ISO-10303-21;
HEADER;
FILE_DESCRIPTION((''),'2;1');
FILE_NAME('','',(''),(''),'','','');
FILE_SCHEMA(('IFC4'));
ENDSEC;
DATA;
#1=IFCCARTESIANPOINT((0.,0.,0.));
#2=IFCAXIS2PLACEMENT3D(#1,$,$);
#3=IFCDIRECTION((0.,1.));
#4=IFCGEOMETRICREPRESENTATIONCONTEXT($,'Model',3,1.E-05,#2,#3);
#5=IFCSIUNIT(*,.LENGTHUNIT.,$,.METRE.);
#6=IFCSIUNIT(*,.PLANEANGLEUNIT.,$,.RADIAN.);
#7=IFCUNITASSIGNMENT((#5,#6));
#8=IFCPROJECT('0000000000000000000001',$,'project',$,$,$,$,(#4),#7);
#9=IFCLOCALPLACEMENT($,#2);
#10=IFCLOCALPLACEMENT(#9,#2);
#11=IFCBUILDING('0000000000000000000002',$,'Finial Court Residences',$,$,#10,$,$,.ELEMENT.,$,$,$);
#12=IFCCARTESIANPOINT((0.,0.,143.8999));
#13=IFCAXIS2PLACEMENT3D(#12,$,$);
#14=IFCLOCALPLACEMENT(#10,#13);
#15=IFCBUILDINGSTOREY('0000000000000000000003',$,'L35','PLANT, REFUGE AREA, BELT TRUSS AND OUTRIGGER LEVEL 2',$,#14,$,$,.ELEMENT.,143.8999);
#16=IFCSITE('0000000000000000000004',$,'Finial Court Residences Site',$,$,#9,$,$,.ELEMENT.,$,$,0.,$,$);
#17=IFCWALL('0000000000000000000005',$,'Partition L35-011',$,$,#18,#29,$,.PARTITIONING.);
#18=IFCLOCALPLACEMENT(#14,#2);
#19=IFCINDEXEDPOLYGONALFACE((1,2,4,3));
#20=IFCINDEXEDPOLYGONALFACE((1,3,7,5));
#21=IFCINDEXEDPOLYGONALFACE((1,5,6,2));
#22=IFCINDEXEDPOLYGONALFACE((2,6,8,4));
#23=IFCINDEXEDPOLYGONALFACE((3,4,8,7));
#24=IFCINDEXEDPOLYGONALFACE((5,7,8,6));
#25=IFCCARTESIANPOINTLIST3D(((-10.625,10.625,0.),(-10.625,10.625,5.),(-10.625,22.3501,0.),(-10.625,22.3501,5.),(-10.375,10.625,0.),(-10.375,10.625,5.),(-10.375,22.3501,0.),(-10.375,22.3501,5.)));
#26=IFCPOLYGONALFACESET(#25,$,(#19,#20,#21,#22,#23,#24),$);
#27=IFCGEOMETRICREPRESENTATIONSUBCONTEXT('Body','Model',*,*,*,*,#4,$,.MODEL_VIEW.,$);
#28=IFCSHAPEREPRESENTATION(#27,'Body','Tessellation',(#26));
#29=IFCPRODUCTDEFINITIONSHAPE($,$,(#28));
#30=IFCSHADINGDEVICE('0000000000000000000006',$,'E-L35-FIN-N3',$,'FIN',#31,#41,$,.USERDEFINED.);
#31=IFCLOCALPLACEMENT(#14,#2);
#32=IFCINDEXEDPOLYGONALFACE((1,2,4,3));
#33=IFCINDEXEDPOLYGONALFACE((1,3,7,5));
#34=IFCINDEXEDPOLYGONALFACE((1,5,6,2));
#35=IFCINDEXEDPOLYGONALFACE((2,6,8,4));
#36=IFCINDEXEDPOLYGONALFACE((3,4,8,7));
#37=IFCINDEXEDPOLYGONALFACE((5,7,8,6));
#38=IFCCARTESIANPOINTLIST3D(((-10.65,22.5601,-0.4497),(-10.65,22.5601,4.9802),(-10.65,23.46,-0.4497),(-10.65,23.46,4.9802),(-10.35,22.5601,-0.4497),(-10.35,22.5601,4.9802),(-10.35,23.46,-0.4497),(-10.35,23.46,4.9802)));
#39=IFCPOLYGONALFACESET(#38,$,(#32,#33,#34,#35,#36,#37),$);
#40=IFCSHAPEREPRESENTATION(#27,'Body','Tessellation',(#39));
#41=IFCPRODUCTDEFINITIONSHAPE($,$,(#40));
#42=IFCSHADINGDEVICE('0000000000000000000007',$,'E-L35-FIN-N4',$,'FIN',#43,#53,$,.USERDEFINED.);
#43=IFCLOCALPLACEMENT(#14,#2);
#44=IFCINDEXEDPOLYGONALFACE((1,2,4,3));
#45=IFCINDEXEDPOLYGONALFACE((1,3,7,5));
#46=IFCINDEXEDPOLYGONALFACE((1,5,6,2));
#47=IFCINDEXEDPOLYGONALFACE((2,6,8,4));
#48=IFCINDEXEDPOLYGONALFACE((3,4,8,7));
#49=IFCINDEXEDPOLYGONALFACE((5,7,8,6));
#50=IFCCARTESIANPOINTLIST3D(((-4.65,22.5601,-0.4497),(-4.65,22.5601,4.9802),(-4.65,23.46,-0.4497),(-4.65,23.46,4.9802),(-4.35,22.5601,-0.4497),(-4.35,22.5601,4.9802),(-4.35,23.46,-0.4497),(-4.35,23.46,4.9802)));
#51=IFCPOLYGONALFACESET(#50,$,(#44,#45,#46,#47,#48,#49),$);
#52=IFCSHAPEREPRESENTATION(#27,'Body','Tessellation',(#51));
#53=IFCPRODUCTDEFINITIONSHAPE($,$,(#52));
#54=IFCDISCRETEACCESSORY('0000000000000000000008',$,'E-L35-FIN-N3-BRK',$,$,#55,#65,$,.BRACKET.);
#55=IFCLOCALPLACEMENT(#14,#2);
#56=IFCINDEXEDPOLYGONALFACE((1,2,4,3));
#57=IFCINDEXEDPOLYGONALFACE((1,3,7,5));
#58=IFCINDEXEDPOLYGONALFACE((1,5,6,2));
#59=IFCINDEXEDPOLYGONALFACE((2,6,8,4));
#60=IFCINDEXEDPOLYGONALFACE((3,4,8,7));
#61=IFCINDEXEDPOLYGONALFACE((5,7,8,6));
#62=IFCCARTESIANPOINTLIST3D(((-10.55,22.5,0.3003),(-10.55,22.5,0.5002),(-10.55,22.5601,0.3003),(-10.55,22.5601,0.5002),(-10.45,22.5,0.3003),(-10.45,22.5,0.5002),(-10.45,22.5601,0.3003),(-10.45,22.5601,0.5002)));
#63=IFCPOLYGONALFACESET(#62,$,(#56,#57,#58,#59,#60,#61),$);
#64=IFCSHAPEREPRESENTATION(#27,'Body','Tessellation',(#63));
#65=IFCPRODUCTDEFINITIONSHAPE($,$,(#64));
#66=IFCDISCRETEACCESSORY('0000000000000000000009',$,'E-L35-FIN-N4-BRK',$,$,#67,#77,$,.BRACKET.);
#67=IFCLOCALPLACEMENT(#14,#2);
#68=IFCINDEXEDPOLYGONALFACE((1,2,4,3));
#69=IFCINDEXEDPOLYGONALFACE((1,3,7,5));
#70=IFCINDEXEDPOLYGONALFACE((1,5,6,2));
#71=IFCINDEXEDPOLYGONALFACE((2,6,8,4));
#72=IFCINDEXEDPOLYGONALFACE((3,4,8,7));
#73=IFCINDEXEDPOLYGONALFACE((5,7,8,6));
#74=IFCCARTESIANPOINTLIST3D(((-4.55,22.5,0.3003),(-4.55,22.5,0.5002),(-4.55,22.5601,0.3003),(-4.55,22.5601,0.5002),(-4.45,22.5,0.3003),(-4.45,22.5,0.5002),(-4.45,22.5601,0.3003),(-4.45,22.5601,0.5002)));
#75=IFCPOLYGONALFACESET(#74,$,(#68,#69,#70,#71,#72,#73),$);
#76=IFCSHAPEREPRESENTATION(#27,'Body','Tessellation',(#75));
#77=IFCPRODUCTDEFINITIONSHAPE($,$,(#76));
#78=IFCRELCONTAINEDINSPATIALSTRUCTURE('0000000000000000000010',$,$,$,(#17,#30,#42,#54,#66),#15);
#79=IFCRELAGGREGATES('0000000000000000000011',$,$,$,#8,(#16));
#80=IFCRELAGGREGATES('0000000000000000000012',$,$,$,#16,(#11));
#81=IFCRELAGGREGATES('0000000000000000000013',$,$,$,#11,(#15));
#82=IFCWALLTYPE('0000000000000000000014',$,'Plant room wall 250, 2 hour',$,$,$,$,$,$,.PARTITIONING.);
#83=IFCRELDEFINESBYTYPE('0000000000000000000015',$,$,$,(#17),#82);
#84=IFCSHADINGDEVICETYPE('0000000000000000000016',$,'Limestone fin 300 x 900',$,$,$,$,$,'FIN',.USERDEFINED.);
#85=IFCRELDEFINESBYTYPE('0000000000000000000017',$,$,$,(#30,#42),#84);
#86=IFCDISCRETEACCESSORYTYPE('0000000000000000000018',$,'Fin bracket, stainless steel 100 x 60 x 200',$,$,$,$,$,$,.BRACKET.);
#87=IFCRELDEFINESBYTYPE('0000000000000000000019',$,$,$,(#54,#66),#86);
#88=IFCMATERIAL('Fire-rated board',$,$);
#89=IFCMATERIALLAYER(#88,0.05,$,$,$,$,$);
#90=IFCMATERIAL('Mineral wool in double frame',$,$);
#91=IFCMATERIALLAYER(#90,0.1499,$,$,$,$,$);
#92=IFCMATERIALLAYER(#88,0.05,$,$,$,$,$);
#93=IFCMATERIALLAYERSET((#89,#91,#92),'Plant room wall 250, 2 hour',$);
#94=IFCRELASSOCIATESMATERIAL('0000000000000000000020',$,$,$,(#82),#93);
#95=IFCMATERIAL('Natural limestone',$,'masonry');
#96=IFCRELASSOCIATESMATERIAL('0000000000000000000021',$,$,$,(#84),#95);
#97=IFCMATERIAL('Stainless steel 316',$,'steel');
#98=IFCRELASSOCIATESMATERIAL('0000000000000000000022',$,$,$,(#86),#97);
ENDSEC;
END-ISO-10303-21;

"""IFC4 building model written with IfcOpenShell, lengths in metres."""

from ifc_helpers import new_model, si_unit, direction, frame, frame_2d, origin, origin_2d, place, context, subcontext, project, spatial, rectangle, extrude, material, layer, layer_set, type_object, element, save


model = new_model("IFC4")

# Units and contexts
model_context = context("Model", 3, precision=1e-05, world=origin(), true_north=direction((0.0, 1.0)))
body_context = subcontext(model_context, "Body", "Model", "MODEL_VIEW")
ifc_project = project(units=[si_unit("LENGTHUNIT", "METRE"), si_unit("PLANEANGLEUNIT", "RADIAN")], contexts=[model_context])

# Site, building, storey
site_placement = place(None, origin())
site = spatial("IfcSite", under=ifc_project, at=site_placement, Name="Finial Court Residences Site", CompositionType="ELEMENT", RefElevation=0.0)
building_placement = place(site_placement, origin())
building = spatial("IfcBuilding", under=site, at=building_placement, Name="Finial Court Residences", CompositionType="ELEMENT")
storey_placement = place(building_placement, frame((0.0, 0.0, 143.8999)))
storey = spatial("IfcBuildingStorey", under=building, at=storey_placement, Name="L35", Description="PLANT, REFUGE AREA, BELT TRUSS AND OUTRIGGER LEVEL 2", CompositionType="ELEMENT", Elevation=143.8999)

# Wall
ifc_material_1 = material(Name="Fire-rated board")
ifc_layer_1 = layer(ifc_material_1, 0.05)
ifc_material_2 = material(Name="Mineral wool in double frame")
ifc_layer_2 = layer(ifc_material_2, 0.1499)
ifc_layer_3 = layer(ifc_material_1, 0.05)
ifc_layer_set = layer_set([ifc_layer_1, ifc_layer_2, ifc_layer_3], Name="Plant room wall 250, 2 hour")
wall_type = type_object("IfcWallType", Name="Plant room wall 250, 2 hour", PredefinedType="PARTITIONING", material=ifc_layer_set)
wall_placement = place(storey_placement, frame((-10.5, 10.625, 0.0), z_axis=(0.0, 0.0, 1.0), x_axis=(0.0, 1.0, 0.0)))
element("IfcWall", 1, at=wall_placement, inside=storey, type_object=wall_type, Name="Partition L35-011", PredefinedType="PARTITIONING", context=body_context, shape_type="SweptSolid", body=[
    extrude(rectangle(XDim=11.7251, YDim=0.25, at=frame_2d((5.8625, 0.0))), origin(), (0.0, 0.0, 1.0), 5.0),
])

# Shading devices
ifc_material_3 = material(Name="Natural limestone", Category="masonry")
shading_device_type = type_object("IfcShadingDeviceType", Name="Limestone fin 300 x 900", ElementType="FIN", PredefinedType="USERDEFINED", material=ifc_material_3)
for number, where, z_axis, x_axis, name in (
    (2, (-10.5, 23.01, -0.4497), (0.0, 0.0, 1.0), (1.0, 0.0, 0.0), "E-L35-FIN-N3"),
    (3, (-4.5, 23.01, -0.4497), (0.0, 0.0, 1.0), (1.0, 0.0, 0.0), "E-L35-FIN-N4"),
):
    element("IfcShadingDevice", number, at=place(storey_placement, frame(where, z_axis=z_axis, x_axis=x_axis)), inside=storey, type_object=shading_device_type, Name=name, ObjectType="FIN", PredefinedType="USERDEFINED", context=body_context, shape_type="SweptSolid", body=[
        extrude(rectangle(XDim=0.3, YDim=0.8999, at=origin_2d()), origin(), (0.0, 0.0, 1.0), 5.4299),
    ])

# Discrete accessories
ifc_material_4 = material(Name="Stainless steel 316", Category="steel")
discrete_accessory_type = type_object("IfcDiscreteAccessoryType", Name="Fin bracket, stainless steel 100 x 60 x 200", PredefinedType="BRACKET", material=ifc_material_4)
for number, where, z_axis, x_axis, name in (
    (4, (-10.5, 22.53, 0.3003), (0.0, 0.0, 1.0), (1.0, 0.0, 0.0), "E-L35-FIN-N3-BRK"),
    (5, (-4.5, 22.53, 0.3003), (0.0, 0.0, 1.0), (1.0, 0.0, 0.0), "E-L35-FIN-N4-BRK"),
):
    element("IfcDiscreteAccessory", number, at=place(storey_placement, frame(where, z_axis=z_axis, x_axis=x_axis)), inside=storey, type_object=discrete_accessory_type, Name=name, PredefinedType="BRACKET", context=body_context, shape_type="SweptSolid", body=[
        extrude(rectangle(XDim=0.1001, YDim=0.0601, at=origin_2d()), origin(), (0.0, 0.0, 1.0), 0.2),
    ])

save(model, "model.ifc")
